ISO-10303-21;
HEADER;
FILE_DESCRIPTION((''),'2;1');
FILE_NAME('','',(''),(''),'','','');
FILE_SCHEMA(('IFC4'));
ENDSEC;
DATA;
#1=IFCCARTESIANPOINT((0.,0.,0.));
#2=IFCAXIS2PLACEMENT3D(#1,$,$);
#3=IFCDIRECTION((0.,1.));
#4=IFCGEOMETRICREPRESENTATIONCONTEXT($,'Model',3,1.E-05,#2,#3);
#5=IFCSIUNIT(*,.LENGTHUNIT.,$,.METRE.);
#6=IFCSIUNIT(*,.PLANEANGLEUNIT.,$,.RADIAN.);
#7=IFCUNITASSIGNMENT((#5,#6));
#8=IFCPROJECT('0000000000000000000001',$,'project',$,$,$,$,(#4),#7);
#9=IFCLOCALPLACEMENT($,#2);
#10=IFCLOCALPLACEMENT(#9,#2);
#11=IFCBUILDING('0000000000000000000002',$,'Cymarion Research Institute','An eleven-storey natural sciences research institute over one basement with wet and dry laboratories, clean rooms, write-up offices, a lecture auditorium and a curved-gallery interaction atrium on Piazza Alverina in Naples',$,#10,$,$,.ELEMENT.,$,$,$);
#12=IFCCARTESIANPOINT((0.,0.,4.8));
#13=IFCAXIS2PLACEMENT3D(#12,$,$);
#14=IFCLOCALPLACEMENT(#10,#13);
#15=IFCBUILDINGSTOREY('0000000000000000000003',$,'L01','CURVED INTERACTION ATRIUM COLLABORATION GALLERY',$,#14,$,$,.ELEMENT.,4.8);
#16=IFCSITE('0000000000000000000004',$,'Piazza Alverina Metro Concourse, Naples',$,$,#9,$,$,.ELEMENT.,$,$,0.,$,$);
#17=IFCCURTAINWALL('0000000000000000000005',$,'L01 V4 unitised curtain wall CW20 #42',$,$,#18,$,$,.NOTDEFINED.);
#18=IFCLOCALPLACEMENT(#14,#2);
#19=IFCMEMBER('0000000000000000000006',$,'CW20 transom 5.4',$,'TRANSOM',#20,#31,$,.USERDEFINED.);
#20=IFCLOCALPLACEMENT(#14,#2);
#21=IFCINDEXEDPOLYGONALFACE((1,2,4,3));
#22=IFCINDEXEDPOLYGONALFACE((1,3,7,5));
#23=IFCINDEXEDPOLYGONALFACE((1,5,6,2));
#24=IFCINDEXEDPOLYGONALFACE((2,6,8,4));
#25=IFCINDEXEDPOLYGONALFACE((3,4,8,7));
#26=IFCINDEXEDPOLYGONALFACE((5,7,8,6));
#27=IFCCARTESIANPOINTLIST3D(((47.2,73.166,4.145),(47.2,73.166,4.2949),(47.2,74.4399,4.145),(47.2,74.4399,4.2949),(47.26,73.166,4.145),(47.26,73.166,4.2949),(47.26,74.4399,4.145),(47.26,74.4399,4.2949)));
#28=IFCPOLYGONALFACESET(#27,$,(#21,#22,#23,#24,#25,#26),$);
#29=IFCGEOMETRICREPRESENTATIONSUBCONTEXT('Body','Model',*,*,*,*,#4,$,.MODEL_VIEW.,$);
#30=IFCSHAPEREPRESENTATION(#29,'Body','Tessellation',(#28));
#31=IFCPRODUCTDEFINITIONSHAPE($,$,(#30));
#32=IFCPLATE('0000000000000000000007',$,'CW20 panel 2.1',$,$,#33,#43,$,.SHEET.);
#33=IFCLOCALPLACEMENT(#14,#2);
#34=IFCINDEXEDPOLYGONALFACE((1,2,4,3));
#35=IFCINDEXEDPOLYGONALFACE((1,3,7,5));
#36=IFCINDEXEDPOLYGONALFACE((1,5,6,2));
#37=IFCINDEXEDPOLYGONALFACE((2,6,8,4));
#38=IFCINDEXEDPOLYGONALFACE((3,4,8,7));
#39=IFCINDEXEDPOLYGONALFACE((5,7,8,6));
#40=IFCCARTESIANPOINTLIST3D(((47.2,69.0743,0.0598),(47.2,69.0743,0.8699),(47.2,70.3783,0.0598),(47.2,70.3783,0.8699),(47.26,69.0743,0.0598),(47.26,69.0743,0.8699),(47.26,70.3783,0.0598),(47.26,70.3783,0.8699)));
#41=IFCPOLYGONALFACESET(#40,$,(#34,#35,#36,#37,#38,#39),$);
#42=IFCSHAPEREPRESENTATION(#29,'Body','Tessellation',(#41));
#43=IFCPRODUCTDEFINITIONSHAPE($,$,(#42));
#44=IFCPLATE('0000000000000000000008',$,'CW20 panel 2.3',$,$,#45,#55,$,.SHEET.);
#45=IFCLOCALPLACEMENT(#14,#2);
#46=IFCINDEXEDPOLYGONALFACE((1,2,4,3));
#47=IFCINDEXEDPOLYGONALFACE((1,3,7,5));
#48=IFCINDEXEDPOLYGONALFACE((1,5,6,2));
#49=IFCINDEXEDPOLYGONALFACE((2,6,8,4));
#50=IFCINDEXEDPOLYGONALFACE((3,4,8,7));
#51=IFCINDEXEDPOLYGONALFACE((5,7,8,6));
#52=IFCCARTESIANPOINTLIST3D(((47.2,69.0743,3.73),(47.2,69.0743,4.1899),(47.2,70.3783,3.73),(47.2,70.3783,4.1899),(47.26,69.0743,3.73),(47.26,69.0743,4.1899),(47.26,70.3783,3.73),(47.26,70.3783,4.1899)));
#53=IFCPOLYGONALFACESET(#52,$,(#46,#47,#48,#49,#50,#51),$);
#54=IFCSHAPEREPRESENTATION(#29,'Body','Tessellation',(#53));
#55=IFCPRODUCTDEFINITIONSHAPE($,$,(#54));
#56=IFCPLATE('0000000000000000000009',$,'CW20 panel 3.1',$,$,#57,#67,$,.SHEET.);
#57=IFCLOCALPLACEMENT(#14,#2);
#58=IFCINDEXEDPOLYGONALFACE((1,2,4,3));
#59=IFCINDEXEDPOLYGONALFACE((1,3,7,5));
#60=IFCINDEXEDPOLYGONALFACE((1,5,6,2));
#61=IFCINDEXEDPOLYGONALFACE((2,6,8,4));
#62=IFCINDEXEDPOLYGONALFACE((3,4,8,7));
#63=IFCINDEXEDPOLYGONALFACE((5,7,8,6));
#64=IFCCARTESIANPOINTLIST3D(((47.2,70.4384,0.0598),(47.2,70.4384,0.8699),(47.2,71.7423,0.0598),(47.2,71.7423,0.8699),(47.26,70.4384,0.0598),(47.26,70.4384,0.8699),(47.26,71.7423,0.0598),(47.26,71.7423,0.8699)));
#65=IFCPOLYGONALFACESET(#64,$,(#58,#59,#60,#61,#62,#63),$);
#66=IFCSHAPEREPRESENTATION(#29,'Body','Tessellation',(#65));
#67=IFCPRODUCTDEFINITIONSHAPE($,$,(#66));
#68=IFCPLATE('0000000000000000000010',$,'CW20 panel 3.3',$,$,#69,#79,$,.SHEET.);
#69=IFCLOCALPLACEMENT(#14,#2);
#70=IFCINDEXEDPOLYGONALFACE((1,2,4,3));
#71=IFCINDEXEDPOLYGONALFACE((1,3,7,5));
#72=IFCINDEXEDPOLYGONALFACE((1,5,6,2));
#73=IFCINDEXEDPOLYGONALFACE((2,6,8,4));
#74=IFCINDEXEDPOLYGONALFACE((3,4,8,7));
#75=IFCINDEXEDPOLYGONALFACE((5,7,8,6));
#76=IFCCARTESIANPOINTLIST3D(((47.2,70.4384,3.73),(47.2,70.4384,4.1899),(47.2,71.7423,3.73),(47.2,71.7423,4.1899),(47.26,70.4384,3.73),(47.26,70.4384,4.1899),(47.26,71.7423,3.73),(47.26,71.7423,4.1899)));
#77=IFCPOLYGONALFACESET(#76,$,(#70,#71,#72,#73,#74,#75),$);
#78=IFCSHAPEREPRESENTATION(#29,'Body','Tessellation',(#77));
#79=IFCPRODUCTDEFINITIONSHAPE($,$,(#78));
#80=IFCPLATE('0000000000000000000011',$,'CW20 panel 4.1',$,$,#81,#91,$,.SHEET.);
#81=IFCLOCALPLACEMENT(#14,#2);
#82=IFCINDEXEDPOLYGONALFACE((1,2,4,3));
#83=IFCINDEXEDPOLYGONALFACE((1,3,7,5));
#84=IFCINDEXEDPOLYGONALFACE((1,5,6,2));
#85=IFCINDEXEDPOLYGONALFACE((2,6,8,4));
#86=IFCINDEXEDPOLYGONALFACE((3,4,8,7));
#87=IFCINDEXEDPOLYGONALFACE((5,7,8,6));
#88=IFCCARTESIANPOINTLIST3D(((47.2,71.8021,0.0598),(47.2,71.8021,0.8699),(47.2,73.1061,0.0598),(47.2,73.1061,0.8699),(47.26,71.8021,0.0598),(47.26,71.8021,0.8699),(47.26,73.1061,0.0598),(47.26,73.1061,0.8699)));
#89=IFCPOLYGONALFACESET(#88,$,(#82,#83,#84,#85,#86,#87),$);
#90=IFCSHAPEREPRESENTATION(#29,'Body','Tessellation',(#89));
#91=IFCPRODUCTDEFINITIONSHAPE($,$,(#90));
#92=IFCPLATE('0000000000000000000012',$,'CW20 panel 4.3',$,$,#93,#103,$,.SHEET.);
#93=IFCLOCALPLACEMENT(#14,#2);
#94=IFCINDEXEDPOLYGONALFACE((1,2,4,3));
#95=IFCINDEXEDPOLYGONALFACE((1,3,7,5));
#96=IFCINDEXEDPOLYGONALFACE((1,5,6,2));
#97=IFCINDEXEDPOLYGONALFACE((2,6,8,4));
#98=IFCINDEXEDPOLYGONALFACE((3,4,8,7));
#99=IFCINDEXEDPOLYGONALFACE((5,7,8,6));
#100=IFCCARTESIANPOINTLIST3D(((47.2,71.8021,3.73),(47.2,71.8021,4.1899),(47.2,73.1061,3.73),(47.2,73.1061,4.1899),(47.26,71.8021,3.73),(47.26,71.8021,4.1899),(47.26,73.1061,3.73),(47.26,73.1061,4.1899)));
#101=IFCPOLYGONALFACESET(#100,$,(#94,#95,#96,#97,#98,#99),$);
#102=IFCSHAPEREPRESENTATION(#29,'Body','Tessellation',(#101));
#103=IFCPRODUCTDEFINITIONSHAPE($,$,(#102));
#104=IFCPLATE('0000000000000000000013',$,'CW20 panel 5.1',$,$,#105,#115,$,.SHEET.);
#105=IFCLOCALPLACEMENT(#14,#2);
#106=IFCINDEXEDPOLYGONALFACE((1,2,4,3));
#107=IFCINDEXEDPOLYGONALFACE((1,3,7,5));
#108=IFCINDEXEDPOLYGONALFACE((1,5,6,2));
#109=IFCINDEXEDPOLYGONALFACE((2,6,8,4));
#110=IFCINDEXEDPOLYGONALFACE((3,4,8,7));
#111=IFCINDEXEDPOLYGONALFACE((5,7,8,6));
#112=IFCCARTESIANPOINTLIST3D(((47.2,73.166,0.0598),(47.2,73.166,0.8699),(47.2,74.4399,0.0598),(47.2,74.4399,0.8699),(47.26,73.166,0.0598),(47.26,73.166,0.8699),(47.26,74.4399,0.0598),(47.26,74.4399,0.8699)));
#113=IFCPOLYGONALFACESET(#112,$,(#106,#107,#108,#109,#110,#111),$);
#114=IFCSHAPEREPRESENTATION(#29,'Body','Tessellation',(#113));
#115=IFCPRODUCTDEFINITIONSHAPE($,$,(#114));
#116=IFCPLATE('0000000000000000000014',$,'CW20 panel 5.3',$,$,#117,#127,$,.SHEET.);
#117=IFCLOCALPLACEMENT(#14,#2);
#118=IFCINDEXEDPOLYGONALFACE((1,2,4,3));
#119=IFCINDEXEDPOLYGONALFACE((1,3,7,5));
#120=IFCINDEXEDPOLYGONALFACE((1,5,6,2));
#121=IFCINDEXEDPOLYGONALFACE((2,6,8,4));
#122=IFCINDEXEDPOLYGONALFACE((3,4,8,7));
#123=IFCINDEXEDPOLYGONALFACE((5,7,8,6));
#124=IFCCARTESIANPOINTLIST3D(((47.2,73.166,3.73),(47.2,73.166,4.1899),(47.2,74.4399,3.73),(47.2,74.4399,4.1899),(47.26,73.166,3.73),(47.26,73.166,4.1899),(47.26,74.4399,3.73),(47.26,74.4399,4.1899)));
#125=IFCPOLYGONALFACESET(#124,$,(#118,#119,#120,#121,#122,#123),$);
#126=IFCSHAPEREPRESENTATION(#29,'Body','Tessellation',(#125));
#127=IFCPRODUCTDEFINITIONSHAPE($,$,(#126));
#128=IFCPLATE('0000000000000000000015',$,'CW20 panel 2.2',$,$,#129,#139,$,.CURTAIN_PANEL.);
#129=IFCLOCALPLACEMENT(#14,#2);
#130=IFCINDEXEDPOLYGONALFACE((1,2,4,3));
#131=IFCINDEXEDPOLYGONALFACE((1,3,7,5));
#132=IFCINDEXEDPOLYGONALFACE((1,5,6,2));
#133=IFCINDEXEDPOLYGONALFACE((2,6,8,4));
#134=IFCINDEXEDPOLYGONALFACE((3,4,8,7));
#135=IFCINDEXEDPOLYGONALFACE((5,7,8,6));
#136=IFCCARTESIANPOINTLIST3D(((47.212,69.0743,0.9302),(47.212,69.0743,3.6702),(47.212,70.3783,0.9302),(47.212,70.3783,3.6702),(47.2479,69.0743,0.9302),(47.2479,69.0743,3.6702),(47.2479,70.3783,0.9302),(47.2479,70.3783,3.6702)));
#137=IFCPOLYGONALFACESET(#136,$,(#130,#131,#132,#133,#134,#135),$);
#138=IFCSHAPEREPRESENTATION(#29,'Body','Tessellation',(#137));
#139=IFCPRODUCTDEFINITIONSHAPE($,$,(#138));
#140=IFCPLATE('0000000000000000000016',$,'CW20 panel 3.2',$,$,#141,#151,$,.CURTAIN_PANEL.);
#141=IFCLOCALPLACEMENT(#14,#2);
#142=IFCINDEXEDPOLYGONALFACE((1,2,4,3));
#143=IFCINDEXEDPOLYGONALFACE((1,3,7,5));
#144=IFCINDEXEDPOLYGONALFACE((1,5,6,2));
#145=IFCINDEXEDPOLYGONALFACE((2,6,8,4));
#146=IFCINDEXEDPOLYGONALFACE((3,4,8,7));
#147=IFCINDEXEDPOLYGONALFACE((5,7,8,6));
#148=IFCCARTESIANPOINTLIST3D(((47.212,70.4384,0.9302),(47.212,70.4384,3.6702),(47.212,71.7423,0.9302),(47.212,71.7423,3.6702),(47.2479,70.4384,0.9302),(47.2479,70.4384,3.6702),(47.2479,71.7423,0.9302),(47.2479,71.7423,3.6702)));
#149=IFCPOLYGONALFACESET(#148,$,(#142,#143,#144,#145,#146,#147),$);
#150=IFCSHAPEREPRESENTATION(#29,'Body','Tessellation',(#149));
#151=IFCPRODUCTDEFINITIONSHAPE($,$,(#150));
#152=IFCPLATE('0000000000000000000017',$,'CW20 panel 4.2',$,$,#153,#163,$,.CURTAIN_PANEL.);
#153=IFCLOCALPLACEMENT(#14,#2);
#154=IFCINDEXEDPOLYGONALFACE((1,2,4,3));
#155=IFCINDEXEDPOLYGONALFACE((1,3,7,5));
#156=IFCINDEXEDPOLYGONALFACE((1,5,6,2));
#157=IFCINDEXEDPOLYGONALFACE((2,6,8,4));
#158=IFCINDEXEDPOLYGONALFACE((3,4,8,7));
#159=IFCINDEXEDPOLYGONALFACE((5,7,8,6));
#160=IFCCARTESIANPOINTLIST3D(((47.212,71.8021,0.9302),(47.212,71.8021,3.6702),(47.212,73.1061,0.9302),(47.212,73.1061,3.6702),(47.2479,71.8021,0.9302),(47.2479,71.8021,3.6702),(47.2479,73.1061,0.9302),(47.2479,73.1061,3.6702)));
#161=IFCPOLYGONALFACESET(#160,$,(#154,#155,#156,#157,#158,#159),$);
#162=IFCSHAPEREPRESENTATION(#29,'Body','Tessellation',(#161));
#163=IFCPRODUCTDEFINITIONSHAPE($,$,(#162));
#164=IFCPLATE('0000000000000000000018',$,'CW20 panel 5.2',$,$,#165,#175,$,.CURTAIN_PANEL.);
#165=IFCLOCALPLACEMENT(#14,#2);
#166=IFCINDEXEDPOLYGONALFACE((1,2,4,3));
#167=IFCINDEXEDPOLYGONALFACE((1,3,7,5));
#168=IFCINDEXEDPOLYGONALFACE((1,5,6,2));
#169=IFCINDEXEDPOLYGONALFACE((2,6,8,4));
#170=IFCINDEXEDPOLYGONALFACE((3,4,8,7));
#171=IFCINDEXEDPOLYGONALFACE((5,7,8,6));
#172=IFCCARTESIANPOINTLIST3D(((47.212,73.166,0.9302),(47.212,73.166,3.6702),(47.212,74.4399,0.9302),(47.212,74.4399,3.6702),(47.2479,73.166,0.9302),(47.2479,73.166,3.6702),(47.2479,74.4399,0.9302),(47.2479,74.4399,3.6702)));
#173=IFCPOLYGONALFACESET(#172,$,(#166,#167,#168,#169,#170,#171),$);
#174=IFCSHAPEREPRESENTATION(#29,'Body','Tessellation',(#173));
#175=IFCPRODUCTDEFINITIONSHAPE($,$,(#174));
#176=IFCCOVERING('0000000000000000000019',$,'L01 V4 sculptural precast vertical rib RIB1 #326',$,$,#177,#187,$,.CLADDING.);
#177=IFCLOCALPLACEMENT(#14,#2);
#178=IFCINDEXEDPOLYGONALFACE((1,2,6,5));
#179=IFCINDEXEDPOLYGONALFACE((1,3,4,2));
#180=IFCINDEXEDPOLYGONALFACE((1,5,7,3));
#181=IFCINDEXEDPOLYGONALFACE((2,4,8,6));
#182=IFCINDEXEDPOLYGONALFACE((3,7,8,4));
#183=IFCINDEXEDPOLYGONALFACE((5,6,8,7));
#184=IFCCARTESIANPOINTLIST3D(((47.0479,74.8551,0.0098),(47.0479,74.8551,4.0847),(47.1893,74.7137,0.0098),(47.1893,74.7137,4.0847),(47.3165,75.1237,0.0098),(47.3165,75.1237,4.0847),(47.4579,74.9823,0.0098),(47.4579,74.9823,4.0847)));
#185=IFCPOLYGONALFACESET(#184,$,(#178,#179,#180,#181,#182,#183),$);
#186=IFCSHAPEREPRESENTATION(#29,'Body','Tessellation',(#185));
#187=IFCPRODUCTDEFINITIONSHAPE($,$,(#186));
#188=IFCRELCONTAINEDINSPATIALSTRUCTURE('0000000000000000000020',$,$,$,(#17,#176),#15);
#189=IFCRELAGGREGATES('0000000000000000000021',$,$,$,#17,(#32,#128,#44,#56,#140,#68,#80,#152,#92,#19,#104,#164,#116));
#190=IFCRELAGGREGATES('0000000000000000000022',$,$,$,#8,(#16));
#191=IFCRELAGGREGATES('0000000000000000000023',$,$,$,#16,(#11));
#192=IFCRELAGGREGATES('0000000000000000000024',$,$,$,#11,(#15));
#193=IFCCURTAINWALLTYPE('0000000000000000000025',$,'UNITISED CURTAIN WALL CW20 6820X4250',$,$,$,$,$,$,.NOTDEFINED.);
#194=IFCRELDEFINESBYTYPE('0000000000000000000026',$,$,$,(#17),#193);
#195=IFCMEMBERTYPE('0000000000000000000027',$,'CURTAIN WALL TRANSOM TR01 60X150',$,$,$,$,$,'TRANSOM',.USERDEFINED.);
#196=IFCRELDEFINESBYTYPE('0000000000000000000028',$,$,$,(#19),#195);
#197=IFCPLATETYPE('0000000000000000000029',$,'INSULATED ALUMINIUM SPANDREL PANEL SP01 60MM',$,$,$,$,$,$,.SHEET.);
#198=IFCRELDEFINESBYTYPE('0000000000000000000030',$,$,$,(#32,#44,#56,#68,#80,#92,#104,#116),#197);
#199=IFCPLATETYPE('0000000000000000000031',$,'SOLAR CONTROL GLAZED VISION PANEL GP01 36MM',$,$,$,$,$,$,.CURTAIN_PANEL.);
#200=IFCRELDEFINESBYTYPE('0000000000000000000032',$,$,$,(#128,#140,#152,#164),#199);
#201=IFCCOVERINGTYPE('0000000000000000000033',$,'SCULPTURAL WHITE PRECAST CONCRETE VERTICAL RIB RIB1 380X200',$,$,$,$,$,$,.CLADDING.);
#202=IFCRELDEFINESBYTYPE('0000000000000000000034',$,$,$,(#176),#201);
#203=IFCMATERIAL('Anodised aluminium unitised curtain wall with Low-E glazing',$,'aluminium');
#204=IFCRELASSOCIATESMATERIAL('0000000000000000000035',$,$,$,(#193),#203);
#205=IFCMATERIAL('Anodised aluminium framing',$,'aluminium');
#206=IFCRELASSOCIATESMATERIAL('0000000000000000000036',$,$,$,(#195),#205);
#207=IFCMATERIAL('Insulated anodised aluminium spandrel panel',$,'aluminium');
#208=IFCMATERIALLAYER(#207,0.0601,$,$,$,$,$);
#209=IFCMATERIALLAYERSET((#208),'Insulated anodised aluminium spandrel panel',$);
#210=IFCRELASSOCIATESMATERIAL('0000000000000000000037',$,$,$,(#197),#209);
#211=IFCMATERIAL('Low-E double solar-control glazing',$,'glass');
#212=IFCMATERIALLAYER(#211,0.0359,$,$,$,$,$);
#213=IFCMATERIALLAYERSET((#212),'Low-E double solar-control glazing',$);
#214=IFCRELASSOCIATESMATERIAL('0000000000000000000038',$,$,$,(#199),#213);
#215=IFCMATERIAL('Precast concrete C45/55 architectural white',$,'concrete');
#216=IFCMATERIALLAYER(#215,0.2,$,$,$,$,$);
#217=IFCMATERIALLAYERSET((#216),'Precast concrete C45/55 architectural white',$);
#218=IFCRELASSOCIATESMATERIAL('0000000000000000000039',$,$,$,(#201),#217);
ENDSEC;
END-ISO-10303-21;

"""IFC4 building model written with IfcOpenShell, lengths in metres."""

from ifc_helpers import new_model, si_unit, direction, frame, origin, origin_2d, place, context, subcontext, project, spatial, rectangle, extrude, material, layer, layer_set, material_profile, profile_set, type_object, element, aggregate, save


model = new_model("IFC4")

# Units and contexts
model_context = context("Model", 3, precision=1e-05, world=origin(), true_north=direction((0.0, 1.0)))
body_context = subcontext(model_context, "Body", "Model", "MODEL_VIEW")
ifc_project = project(units=[si_unit("LENGTHUNIT", "METRE"), si_unit("PLANEANGLEUNIT", "RADIAN")], contexts=[model_context])

# Site, building, storey
site_placement = place(None, origin())
site = spatial("IfcSite", under=ifc_project, at=site_placement, Name="Piazza Alverina Metro Concourse, Naples", CompositionType="ELEMENT", RefElevation=0.0)
building_placement = place(site_placement, origin())
building = spatial("IfcBuilding", under=site, at=building_placement, Name="Cymarion Research Institute", Description="An eleven-storey natural sciences research institute over one basement with wet and dry laboratories, clean rooms, write-up offices, a lecture auditorium and a curved-gallery interaction atrium on Piazza Alverina in Naples", CompositionType="ELEMENT")
storey_placement = place(building_placement, frame((0.0, 0.0, 4.8)))
storey = spatial("IfcBuildingStorey", under=building, at=storey_placement, Name="L01", Description="CURVED INTERACTION ATRIUM COLLABORATION GALLERY", CompositionType="ELEMENT", Elevation=4.8)

# Curtain wall, member, plates
ifc_material_1 = material(Name="Anodised aluminium unitised curtain wall with Low-E glazing", Category="aluminium")
curtain_wall_type = type_object("IfcCurtainWallType", Name="UNITISED CURTAIN WALL CW20 6820X4250", PredefinedType="NOTDEFINED", material=ifc_material_1)
curtain_wall_placement = place(storey_placement, origin())
curtain_wall = element("IfcCurtainWall", 1, at=curtain_wall_placement, inside=storey, type_object=curtain_wall_type, Name="L01 V4 unitised curtain wall CW20 #42", PredefinedType="NOTDEFINED")
ifc_material_2 = material(Name="Anodised aluminium framing", Category="aluminium")
ifc_material_profile_1 = material_profile(ifc_material_2, rectangle(XDim=0.0601, YDim=0.1499, at=origin_2d()), Name="ALU TRANSOM 60x150")
ifc_profile_set_1 = profile_set([ifc_material_profile_1], Name="Anodised aluminium framing")
member_type_1 = type_object("IfcMemberType", Name="CURTAIN WALL TRANSOM TR01 60X150", ElementType="TRANSOM", PredefinedType="USERDEFINED", material=ifc_profile_set_1)
member_1_placement = place(storey_placement, frame((47.23, 73.166, 4.22), z_axis=(0.0, 1.0, 0.0), x_axis=(-1.0, 0.0, 0.0)))
member_1 = element("IfcMember", 2, at=member_1_placement, type_object=member_type_1, Name="CW20 transom 5.4", ObjectType="TRANSOM", PredefinedType="USERDEFINED", context=body_context, shape_type="SweptSolid", body=[
    extrude(rectangle(XDim=0.0601, YDim=0.1499, at=origin_2d()), origin(), (0.0, 0.0, 1.0), 1.2739),
])
ifc_material_3 = material(Name="Insulated anodised aluminium spandrel panel", Category="aluminium")
ifc_layer_1 = layer(ifc_material_3, 0.0601)
ifc_layer_set_1 = layer_set([ifc_layer_1], Name="Insulated anodised aluminium spandrel panel")
plate_type_1 = type_object("IfcPlateType", Name="INSULATED ALUMINIUM SPANDREL PANEL SP01 60MM", PredefinedType="SHEET", material=ifc_layer_set_1)
plate_1_placement = place(storey_placement, frame((47.23, 69.7263, 0.0598), z_axis=(0.0, 0.0, 1.0), x_axis=(0.0, 1.0, 0.0)))
plate_1 = element("IfcPlate", 3, at=plate_1_placement, type_object=plate_type_1, Name="CW20 panel 2.1", PredefinedType="SHEET", context=body_context, shape_type="SweptSolid", body=[
    extrude(rectangle(XDim=1.304, YDim=0.0601, at=origin_2d()), origin(), (0.0, 0.0, 1.0), 0.8101),
])
plate_2_placement = place(storey_placement, frame((47.23, 69.7263, 3.73), z_axis=(0.0, 0.0, 1.0), x_axis=(0.0, 1.0, 0.0)))
plate_2 = element("IfcPlate", 4, at=plate_2_placement, type_object=plate_type_1, Name="CW20 panel 2.3", PredefinedType="SHEET", context=body_context, shape_type="SweptSolid", body=[
    extrude(rectangle(XDim=1.304, YDim=0.0601, at=origin_2d()), origin(), (0.0, 0.0, 1.0), 0.46),
])
plate_3_placement = place(storey_placement, frame((47.23, 71.0903, 0.0598), z_axis=(0.0, 0.0, 1.0), x_axis=(0.0, 1.0, 0.0)))
plate_3 = element("IfcPlate", 5, at=plate_3_placement, type_object=plate_type_1, Name="CW20 panel 3.1", PredefinedType="SHEET", context=body_context, shape_type="SweptSolid", body=[
    extrude(rectangle(XDim=1.304, YDim=0.0601, at=origin_2d()), origin(), (0.0, 0.0, 1.0), 0.8101),
])
plate_4_placement = place(storey_placement, frame((47.23, 71.0903, 3.73), z_axis=(0.0, 0.0, 1.0), x_axis=(0.0, 1.0, 0.0)))
plate_4 = element("IfcPlate", 6, at=plate_4_placement, type_object=plate_type_1, Name="CW20 panel 3.3", PredefinedType="SHEET", context=body_context, shape_type="SweptSolid", body=[
    extrude(rectangle(XDim=1.304, YDim=0.0601, at=origin_2d()), origin(), (0.0, 0.0, 1.0), 0.46),
])
plate_5_placement = place(storey_placement, frame((47.23, 72.4541, 0.0598), z_axis=(0.0, 0.0, 1.0), x_axis=(0.0, 1.0, 0.0)))
plate_5 = element("IfcPlate", 7, at=plate_5_placement, type_object=plate_type_1, Name="CW20 panel 4.1", PredefinedType="SHEET", context=body_context, shape_type="SweptSolid", body=[
    extrude(rectangle(XDim=1.304, YDim=0.0601, at=origin_2d()), origin(), (0.0, 0.0, 1.0), 0.8101),
])
plate_6_placement = place(storey_placement, frame((47.23, 72.4541, 3.73), z_axis=(0.0, 0.0, 1.0), x_axis=(0.0, 1.0, 0.0)))
plate_6 = element("IfcPlate", 8, at=plate_6_placement, type_object=plate_type_1, Name="CW20 panel 4.3", PredefinedType="SHEET", context=body_context, shape_type="SweptSolid", body=[
    extrude(rectangle(XDim=1.304, YDim=0.0601, at=origin_2d()), origin(), (0.0, 0.0, 1.0), 0.46),
])
plate_7_placement = place(storey_placement, frame((47.23, 73.803, 0.0598), z_axis=(0.0, 0.0, 1.0), x_axis=(0.0, 1.0, 0.0)))
plate_7 = element("IfcPlate", 9, at=plate_7_placement, type_object=plate_type_1, Name="CW20 panel 5.1", PredefinedType="SHEET", context=body_context, shape_type="SweptSolid", body=[
    extrude(rectangle(XDim=1.2739, YDim=0.0601, at=origin_2d()), origin(), (0.0, 0.0, 1.0), 0.8101),
])
plate_8_placement = place(storey_placement, frame((47.23, 73.803, 3.73), z_axis=(0.0, 0.0, 1.0), x_axis=(0.0, 1.0, 0.0)))
plate_8 = element("IfcPlate", 10, at=plate_8_placement, type_object=plate_type_1, Name="CW20 panel 5.3", PredefinedType="SHEET", context=body_context, shape_type="SweptSolid", body=[
    extrude(rectangle(XDim=1.2739, YDim=0.0601, at=origin_2d()), origin(), (0.0, 0.0, 1.0), 0.46),
])
ifc_material_4 = material(Name="Low-E double solar-control glazing", Category="glass")
ifc_layer_2 = layer(ifc_material_4, 0.0359)
ifc_layer_set_2 = layer_set([ifc_layer_2], Name="Low-E double solar-control glazing")
plate_type_2 = type_object("IfcPlateType", Name="SOLAR CONTROL GLAZED VISION PANEL GP01 36MM", PredefinedType="CURTAIN_PANEL", material=ifc_layer_set_2)
plate_9_placement = place(storey_placement, frame((47.23, 69.7263, 0.9302), z_axis=(0.0, 0.0, 1.0), x_axis=(0.0, 1.0, 0.0)))
plate_9 = element("IfcPlate", 11, at=plate_9_placement, type_object=plate_type_2, Name="CW20 panel 2.2", PredefinedType="CURTAIN_PANEL", context=body_context, shape_type="SweptSolid", body=[
    extrude(rectangle(XDim=1.304, YDim=0.0359, at=origin_2d()), origin(), (0.0, 0.0, 1.0), 2.74),
])
plate_10_placement = place(storey_placement, frame((47.23, 71.0903, 0.9302), z_axis=(0.0, 0.0, 1.0), x_axis=(0.0, 1.0, 0.0)))
plate_10 = element("IfcPlate", 12, at=plate_10_placement, type_object=plate_type_2, Name="CW20 panel 3.2", PredefinedType="CURTAIN_PANEL", context=body_context, shape_type="SweptSolid", body=[
    extrude(rectangle(XDim=1.304, YDim=0.0359, at=origin_2d()), origin(), (0.0, 0.0, 1.0), 2.74),
])
plate_11_placement = place(storey_placement, frame((47.23, 72.4541, 0.9302), z_axis=(0.0, 0.0, 1.0), x_axis=(0.0, 1.0, 0.0)))
plate_11 = element("IfcPlate", 13, at=plate_11_placement, type_object=plate_type_2, Name="CW20 panel 4.2", PredefinedType="CURTAIN_PANEL", context=body_context, shape_type="SweptSolid", body=[
    extrude(rectangle(XDim=1.304, YDim=0.0359, at=origin_2d()), origin(), (0.0, 0.0, 1.0), 2.74),
])
plate_12_placement = place(storey_placement, frame((47.23, 73.803, 0.9302), z_axis=(0.0, 0.0, 1.0), x_axis=(0.0, 1.0, 0.0)))
plate_12 = element("IfcPlate", 14, at=plate_12_placement, type_object=plate_type_2, Name="CW20 panel 5.2", PredefinedType="CURTAIN_PANEL", context=body_context, shape_type="SweptSolid", body=[
    extrude(rectangle(XDim=1.2739, YDim=0.0359, at=origin_2d()), origin(), (0.0, 0.0, 1.0), 2.74),
])
aggregate(curtain_wall, [plate_1, plate_9, plate_2, plate_3, plate_10, plate_4, plate_5, plate_11, plate_6, member_1, plate_7, plate_12, plate_8])

# Covering
ifc_material_5 = material(Name="Precast concrete C45/55 architectural white", Category="concrete")
ifc_layer_3 = layer(ifc_material_5, 0.2)
ifc_layer_set_3 = layer_set([ifc_layer_3], Name="Precast concrete C45/55 architectural white")
covering_type = type_object("IfcCoveringType", Name="SCULPTURAL WHITE PRECAST CONCRETE VERTICAL RIB RIB1 380X200", PredefinedType="CLADDING", material=ifc_layer_set_3)
covering_placement = place(storey_placement, frame((47.2529, 74.9187, 0.0098), z_axis=(0.0, 0.0, 1.0), x_axis=(0.707107, 0.707107, 0.0)))
element("IfcCovering", 15, at=covering_placement, inside=storey, type_object=covering_type, Name="L01 V4 sculptural precast vertical rib RIB1 #326", PredefinedType="CLADDING", context=body_context, shape_type="SweptSolid", body=[
    extrude(rectangle(XDim=0.3799, YDim=0.2, at=origin_2d()), origin(), (0.0, 0.0, 1.0), 4.075),
])

save(model, "model.ifc")
